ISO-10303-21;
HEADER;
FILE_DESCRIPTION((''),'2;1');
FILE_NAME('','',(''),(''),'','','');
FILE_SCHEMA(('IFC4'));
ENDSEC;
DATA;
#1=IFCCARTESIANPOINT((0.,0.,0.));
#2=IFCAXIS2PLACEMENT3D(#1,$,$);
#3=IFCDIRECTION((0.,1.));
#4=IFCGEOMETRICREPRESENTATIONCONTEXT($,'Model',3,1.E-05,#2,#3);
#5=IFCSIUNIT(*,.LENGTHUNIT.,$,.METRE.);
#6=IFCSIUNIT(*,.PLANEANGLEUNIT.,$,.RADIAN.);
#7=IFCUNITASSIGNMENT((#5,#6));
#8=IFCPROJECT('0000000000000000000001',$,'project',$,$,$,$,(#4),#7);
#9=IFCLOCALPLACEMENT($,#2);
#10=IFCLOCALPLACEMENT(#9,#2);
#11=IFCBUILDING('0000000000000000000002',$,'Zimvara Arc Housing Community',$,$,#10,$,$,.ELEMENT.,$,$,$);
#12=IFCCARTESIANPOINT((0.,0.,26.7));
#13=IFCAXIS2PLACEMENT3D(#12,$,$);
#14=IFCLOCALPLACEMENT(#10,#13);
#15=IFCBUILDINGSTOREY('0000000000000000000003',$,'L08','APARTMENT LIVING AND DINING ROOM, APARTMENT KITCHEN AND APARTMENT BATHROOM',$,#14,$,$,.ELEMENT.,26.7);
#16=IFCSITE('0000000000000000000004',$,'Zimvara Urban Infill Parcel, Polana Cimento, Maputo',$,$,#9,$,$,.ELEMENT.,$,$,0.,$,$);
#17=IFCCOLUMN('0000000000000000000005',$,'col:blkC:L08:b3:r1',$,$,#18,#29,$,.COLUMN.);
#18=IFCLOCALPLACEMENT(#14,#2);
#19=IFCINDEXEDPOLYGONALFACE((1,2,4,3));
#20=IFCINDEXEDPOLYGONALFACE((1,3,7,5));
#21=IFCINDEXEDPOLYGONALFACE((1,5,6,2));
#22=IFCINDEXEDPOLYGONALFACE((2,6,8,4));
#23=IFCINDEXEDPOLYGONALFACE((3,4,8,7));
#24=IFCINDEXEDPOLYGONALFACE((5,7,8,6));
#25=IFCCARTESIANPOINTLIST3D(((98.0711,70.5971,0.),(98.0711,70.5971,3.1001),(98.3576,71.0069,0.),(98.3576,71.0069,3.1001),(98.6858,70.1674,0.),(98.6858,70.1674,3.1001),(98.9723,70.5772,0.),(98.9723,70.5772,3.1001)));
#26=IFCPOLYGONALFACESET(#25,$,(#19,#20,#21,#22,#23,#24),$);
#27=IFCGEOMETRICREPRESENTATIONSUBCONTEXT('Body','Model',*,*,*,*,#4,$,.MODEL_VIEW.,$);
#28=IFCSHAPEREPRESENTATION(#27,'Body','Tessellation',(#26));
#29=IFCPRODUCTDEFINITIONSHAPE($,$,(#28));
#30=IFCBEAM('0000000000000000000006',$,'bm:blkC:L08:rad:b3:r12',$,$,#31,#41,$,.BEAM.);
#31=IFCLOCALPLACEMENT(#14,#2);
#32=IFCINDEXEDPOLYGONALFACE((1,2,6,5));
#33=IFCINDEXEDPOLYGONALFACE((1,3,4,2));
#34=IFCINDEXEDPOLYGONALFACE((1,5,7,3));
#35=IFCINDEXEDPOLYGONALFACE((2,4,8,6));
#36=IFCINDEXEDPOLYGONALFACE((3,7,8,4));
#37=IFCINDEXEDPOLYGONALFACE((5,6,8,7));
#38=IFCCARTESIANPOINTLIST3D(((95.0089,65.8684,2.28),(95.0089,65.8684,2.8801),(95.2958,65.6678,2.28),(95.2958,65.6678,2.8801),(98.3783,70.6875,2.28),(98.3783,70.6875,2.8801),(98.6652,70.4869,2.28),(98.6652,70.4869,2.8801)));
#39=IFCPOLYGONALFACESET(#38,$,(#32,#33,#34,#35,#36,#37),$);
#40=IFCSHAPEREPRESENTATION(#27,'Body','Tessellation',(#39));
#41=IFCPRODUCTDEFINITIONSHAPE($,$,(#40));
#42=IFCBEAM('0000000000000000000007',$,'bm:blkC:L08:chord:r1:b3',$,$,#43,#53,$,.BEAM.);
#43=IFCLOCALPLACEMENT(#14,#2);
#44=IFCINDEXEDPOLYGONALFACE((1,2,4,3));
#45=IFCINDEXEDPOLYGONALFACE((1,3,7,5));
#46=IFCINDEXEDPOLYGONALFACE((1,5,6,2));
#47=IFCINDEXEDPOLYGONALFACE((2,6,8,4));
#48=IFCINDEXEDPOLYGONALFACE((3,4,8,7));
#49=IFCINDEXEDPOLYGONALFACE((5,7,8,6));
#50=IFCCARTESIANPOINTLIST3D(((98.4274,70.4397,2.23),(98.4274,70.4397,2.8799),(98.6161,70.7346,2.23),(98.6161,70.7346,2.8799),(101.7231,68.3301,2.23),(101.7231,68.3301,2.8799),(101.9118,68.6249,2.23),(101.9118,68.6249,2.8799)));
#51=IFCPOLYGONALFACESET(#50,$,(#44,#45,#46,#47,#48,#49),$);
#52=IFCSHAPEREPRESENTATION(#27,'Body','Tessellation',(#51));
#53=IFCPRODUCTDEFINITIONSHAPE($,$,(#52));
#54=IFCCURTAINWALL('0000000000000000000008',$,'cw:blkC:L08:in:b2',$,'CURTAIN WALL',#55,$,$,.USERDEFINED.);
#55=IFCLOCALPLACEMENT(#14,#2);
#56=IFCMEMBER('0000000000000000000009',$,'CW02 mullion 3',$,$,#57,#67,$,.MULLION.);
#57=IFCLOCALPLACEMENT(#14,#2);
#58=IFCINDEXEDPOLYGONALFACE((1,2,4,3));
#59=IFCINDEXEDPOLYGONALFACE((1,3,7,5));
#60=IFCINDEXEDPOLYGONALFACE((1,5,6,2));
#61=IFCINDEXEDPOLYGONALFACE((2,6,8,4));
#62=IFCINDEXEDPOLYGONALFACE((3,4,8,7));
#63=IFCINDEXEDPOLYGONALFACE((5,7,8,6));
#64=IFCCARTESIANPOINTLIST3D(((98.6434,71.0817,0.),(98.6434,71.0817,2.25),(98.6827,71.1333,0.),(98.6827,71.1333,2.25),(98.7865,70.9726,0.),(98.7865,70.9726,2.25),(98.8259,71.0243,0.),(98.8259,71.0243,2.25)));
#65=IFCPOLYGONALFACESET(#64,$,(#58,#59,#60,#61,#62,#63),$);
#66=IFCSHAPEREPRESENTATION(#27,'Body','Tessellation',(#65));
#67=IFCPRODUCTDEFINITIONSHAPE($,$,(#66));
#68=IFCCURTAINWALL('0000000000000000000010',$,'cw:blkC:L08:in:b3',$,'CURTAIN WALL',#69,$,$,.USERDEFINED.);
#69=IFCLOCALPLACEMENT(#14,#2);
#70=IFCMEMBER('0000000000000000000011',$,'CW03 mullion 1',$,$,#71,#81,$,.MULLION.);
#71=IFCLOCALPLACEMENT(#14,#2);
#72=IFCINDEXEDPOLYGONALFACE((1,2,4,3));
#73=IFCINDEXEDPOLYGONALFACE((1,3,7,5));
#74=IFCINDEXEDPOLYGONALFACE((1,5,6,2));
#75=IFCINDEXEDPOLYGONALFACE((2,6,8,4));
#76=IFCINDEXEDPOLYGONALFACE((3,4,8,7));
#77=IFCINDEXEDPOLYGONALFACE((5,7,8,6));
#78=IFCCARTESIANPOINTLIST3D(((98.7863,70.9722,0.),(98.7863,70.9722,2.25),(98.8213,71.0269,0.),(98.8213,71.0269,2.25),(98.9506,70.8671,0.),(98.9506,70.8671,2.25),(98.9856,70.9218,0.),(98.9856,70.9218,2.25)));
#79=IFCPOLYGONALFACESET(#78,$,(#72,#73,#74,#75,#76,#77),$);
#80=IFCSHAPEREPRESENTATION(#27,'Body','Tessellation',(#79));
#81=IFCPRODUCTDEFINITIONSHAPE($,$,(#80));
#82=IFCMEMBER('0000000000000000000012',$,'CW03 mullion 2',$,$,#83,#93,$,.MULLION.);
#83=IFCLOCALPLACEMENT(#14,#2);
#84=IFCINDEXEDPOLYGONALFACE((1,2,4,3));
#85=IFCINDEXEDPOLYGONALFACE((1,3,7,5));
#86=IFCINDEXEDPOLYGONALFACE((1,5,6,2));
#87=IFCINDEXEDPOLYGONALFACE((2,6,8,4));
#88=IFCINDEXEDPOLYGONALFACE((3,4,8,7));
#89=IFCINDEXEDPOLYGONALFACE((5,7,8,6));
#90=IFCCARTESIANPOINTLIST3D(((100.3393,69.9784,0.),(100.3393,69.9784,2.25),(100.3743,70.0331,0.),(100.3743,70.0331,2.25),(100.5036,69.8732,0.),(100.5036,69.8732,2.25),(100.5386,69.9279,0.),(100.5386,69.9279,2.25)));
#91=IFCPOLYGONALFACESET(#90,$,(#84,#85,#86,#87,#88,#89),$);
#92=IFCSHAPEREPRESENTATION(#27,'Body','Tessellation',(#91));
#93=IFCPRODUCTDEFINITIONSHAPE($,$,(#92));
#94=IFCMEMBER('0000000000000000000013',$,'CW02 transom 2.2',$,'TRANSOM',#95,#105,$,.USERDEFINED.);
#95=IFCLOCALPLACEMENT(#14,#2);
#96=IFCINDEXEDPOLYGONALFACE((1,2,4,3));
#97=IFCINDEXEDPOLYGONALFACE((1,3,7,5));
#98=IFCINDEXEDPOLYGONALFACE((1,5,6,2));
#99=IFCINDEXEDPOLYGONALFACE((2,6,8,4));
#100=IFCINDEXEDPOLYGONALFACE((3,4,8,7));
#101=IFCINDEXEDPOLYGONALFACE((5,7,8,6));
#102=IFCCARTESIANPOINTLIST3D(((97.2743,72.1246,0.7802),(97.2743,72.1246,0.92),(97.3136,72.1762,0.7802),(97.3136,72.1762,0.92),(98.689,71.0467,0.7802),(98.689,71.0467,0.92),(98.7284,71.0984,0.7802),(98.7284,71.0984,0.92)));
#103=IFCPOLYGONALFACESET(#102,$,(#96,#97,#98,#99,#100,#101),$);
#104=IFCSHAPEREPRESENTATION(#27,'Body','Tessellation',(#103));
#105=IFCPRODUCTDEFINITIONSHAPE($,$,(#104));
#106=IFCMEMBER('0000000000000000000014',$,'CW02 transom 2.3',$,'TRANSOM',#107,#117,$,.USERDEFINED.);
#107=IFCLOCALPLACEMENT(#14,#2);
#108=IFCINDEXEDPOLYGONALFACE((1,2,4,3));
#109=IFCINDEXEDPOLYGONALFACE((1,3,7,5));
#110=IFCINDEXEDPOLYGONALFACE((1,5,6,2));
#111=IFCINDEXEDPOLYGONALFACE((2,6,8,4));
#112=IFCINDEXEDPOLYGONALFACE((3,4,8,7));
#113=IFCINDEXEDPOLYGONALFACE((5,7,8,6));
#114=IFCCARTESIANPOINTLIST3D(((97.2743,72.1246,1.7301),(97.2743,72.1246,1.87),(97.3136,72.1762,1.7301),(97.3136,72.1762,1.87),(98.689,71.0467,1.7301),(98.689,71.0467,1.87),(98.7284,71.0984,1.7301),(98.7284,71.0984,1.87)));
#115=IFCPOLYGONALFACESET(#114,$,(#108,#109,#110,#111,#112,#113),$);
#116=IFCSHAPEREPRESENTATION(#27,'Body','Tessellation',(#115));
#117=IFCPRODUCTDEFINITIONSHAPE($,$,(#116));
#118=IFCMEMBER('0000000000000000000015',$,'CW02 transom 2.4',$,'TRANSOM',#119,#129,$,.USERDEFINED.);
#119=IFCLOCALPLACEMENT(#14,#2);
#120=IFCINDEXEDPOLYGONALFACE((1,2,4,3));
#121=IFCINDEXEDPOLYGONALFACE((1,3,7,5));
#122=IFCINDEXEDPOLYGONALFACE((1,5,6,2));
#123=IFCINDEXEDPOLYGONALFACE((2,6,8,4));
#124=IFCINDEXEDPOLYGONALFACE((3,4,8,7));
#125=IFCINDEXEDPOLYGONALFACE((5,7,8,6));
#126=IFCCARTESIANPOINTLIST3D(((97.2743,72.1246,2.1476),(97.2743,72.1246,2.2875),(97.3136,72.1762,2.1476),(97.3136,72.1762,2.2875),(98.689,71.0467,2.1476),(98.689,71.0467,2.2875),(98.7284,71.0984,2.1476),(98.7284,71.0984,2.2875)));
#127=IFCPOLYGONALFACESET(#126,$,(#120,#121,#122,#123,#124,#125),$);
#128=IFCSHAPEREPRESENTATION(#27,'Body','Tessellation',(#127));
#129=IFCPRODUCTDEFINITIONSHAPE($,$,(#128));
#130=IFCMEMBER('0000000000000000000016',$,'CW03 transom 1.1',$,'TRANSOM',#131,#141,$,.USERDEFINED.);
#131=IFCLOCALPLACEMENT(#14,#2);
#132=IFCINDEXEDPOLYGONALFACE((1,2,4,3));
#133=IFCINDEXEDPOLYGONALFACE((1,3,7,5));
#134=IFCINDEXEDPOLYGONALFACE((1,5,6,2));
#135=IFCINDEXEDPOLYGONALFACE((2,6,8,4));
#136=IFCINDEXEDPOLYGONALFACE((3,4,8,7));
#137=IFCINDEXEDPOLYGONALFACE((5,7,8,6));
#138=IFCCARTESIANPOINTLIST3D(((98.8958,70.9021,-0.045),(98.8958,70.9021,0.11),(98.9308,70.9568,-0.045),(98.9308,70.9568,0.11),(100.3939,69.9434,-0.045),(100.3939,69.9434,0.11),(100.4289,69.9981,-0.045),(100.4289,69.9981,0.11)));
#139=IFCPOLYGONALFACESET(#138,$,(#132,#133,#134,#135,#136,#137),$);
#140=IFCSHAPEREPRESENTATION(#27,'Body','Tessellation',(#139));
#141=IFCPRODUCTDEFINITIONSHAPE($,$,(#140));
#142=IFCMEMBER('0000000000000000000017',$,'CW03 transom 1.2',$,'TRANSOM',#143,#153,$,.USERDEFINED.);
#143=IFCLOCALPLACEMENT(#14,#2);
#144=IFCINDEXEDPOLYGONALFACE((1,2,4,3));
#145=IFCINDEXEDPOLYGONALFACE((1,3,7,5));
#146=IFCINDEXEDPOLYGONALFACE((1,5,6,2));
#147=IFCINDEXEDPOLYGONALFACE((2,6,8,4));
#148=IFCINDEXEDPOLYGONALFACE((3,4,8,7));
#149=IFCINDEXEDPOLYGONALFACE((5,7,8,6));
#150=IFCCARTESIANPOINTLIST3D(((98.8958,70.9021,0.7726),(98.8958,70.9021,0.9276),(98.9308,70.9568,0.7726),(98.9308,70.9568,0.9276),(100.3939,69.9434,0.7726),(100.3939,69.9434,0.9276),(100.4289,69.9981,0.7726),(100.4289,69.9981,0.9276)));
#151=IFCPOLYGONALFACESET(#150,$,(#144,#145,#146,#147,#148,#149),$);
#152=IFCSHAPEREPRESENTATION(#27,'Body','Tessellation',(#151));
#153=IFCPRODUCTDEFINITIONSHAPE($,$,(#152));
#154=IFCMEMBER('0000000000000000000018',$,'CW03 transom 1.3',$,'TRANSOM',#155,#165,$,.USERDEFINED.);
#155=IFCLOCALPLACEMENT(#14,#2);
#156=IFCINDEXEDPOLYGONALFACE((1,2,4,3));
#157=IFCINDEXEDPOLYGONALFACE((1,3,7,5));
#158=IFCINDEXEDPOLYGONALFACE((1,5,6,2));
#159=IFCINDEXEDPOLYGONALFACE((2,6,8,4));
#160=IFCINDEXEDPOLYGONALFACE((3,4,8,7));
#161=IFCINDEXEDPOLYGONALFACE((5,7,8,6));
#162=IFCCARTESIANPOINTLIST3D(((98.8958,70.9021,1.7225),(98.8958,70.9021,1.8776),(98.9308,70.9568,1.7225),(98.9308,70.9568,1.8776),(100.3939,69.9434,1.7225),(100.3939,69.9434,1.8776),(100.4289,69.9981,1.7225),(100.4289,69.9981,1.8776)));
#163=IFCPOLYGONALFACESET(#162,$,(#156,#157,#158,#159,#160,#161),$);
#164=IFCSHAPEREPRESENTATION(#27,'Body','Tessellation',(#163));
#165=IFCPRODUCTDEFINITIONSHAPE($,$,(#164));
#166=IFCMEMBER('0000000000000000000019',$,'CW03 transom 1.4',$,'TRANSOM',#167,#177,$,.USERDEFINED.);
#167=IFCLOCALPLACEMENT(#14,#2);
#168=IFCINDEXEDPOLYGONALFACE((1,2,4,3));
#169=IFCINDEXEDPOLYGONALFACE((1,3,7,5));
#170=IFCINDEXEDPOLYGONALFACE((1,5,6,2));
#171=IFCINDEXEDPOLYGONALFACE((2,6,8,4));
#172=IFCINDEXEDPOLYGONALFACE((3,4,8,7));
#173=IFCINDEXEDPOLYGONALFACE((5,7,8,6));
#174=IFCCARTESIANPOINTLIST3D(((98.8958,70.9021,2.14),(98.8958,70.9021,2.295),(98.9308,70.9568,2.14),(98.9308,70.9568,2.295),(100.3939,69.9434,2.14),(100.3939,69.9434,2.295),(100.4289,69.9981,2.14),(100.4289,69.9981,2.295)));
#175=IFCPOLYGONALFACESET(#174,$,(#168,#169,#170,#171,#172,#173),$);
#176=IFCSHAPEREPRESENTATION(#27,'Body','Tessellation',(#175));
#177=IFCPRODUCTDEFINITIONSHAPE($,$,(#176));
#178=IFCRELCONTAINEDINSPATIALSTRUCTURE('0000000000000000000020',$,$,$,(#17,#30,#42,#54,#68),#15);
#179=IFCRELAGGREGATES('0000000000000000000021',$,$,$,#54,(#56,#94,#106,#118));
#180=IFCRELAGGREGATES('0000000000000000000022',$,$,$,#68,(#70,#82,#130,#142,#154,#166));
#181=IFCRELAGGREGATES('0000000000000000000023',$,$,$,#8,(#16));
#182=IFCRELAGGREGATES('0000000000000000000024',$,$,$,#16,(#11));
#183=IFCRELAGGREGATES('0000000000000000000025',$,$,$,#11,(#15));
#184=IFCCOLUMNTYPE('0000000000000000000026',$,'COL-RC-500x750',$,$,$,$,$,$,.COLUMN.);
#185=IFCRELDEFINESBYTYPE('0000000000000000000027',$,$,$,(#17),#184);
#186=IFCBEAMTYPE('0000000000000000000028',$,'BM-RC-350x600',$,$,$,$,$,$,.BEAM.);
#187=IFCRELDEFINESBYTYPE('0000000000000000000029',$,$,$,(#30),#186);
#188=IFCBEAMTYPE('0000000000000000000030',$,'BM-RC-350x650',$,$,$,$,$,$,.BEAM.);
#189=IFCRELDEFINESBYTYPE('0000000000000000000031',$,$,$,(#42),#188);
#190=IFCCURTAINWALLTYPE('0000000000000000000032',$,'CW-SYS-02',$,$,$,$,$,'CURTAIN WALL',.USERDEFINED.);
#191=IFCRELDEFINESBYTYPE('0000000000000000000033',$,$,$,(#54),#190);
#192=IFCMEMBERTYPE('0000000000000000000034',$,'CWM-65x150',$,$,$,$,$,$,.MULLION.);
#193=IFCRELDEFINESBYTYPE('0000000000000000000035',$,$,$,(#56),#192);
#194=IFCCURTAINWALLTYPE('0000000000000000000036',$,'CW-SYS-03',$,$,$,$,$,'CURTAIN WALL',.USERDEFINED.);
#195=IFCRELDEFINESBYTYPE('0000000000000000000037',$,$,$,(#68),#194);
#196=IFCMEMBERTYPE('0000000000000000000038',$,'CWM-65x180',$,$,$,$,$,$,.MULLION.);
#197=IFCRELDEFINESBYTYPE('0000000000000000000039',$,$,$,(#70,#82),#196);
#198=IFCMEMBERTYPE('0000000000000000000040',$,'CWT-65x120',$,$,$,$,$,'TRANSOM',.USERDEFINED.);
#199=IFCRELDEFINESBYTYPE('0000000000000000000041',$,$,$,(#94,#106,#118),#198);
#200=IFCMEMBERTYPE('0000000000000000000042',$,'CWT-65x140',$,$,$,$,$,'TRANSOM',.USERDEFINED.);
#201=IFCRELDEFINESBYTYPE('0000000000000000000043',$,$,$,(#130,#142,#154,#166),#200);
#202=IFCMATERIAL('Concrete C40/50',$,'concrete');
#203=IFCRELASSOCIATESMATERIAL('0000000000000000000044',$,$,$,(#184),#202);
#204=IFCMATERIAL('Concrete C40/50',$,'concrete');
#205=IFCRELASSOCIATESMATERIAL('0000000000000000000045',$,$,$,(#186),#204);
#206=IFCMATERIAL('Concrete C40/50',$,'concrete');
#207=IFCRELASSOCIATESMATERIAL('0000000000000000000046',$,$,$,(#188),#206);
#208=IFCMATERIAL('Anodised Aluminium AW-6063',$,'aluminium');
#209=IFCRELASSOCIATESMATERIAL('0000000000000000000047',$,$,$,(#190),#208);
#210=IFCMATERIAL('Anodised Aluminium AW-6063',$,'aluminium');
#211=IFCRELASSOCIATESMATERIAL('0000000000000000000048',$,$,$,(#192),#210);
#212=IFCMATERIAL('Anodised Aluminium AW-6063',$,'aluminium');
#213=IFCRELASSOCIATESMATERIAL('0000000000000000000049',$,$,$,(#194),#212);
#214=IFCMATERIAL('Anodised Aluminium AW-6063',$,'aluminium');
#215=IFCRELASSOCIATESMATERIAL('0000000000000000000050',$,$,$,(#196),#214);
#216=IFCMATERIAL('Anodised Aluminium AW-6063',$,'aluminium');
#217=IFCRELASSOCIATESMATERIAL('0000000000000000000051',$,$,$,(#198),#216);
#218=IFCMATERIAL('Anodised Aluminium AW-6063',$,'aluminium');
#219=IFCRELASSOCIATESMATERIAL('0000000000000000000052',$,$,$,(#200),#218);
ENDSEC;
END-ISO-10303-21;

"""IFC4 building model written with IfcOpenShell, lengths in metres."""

from ifc_helpers import new_model, si_unit, direction, frame, origin, origin_2d, place, context, subcontext, project, spatial, rectangle, extrude, material, material_profile, profile_set, type_object, element, aggregate, save


model = new_model("IFC4")

# Units and contexts
model_context = context("Model", 3, precision=1e-05, world=origin(), true_north=direction((0.0, 1.0)))
body_context = subcontext(model_context, "Body", "Model", "MODEL_VIEW")
ifc_project = project(units=[si_unit("LENGTHUNIT", "METRE"), si_unit("PLANEANGLEUNIT", "RADIAN")], contexts=[model_context])

# Site, building, storey
site_placement = place(None, origin())
site = spatial("IfcSite", under=ifc_project, at=site_placement, Name="Zimvara Urban Infill Parcel, Polana Cimento, Maputo", CompositionType="ELEMENT", RefElevation=0.0)
building_placement = place(site_placement, origin())
building = spatial("IfcBuilding", under=site, at=building_placement, Name="Zimvara Arc Housing Community", CompositionType="ELEMENT")
storey_placement = place(building_placement, frame((0.0, 0.0, 26.7)))
storey = spatial("IfcBuildingStorey", under=building, at=storey_placement, Name="L08", Description="APARTMENT LIVING AND DINING ROOM, APARTMENT KITCHEN AND APARTMENT BATHROOM", CompositionType="ELEMENT", Elevation=26.7)

# Column
ifc_material_1 = material(Name="Concrete C40/50", Category="concrete")
ifc_material_profile_1 = material_profile(ifc_material_1, rectangle(XDim=0.5, YDim=0.75, at=origin_2d()), Name="RC 500x750")
ifc_profile_set_1 = profile_set([ifc_material_profile_1], Name="Concrete C40/50")
column_type = type_object("IfcColumnType", Name="COL-RC-500x750", PredefinedType="COLUMN", material=ifc_profile_set_1)
column_placement = place(storey_placement, frame((98.5217, 70.5872, 0.0), z_axis=(0.0, 0.0, 1.0), x_axis=(-0.573004, -0.819552, 0.0)))
element("IfcColumn", 1, at=column_placement, inside=storey, type_object=column_type, Name="col:blkC:L08:b3:r1", PredefinedType="COLUMN", context=body_context, shape_type="SweptSolid", body=[
    extrude(rectangle(XDim=0.5, YDim=0.75, at=origin_2d()), origin(), (0.0, 0.0, 1.0), 3.1001),
])

# Beams
ifc_material_2 = material(Name="Concrete C40/50", Category="concrete")
ifc_material_profile_2 = material_profile(ifc_material_2, rectangle(XDim=0.3501, YDim=0.6001, at=origin_2d()), Name="RC 350x600")
ifc_profile_set_2 = profile_set([ifc_material_profile_2], Name="Concrete C40/50")
beam_type_1 = type_object("IfcBeamType", Name="BM-RC-350x600", PredefinedType="BEAM", material=ifc_profile_set_2)
beam_1_placement = place(storey_placement, frame((98.5217, 70.5872, 2.5801), z_axis=(-0.573008, -0.81955, 0.0), x_axis=(0.81955, -0.573008, 0.0)))
element("IfcBeam", 2, at=beam_1_placement, inside=storey, type_object=beam_type_1, Name="bm:blkC:L08:rad:b3:r12", PredefinedType="BEAM", context=body_context, shape_type="SweptSolid", body=[
    extrude(rectangle(XDim=0.3501, YDim=0.6001, at=origin_2d()), origin(), (0.0, 0.0, 1.0), 5.8801),
])
ifc_material_3 = material(Name="Concrete C40/50", Category="concrete")
ifc_material_profile_3 = material_profile(ifc_material_3, rectangle(XDim=0.3501, YDim=0.6499, at=origin_2d()), Name="RC 350x650")
ifc_profile_set_3 = profile_set([ifc_material_profile_3], Name="Concrete C40/50")
beam_type_2 = type_object("IfcBeamType", Name="BM-RC-350x650", PredefinedType="BEAM", material=ifc_profile_set_3)
beam_2_placement = place(storey_placement, frame((98.5217, 70.5872, 2.5549), z_axis=(0.842225, -0.539126, 0.0), x_axis=(0.539126, 0.842225, 0.0)))
element("IfcBeam", 3, at=beam_2_placement, inside=storey, type_object=beam_type_2, Name="bm:blkC:L08:chord:r1:b3", PredefinedType="BEAM", context=body_context, shape_type="SweptSolid", body=[
    extrude(rectangle(XDim=0.3501, YDim=0.6499, at=origin_2d()), origin(), (0.0, 0.0, 1.0), 3.9131),
])

# Curtain wall, member
ifc_material_4 = material(Name="Anodised Aluminium AW-6063", Category="aluminium")
curtain_wall_type_1 = type_object("IfcCurtainWallType", Name="CW-SYS-02", ElementType="CURTAIN WALL", PredefinedType="USERDEFINED", material=ifc_material_4)
curtain_wall_1_placement = place(storey_placement, origin())
curtain_wall_1 = element("IfcCurtainWall", 4, at=curtain_wall_1_placement, inside=storey, type_object=curtain_wall_type_1, Name="cw:blkC:L08:in:b2", ObjectType="CURTAIN WALL", PredefinedType="USERDEFINED")
ifc_material_5 = material(Name="Anodised Aluminium AW-6063", Category="aluminium")
ifc_material_profile_4 = material_profile(ifc_material_5, rectangle(XDim=0.0649, YDim=0.1799, at=origin_2d()), Name="ALU 65x180")
ifc_profile_set_4 = profile_set([ifc_material_profile_4], Name="Anodised Aluminium AW-6063")
member_type_1 = type_object("IfcMemberType", Name="CWM-65x150", PredefinedType="MULLION", material=ifc_profile_set_4)
member_1_placement = place(storey_placement, frame((98.7346, 71.053, 0.0), z_axis=(0.0, 0.0, 1.0), x_axis=(0.605988, 0.795474, 0.0)))
member_1 = element("IfcMember", 5, at=member_1_placement, type_object=member_type_1, Name="CW02 mullion 3", PredefinedType="MULLION", context=body_context, shape_type="SweptSolid", body=[
    extrude(rectangle(XDim=0.0649, YDim=0.1799, at=origin_2d()), origin(), (0.0, 0.0, 1.0), 2.25),
])

# Curtain wall, members
ifc_material_6 = material(Name="Anodised Aluminium AW-6063", Category="aluminium")
curtain_wall_type_2 = type_object("IfcCurtainWallType", Name="CW-SYS-03", ElementType="CURTAIN WALL", PredefinedType="USERDEFINED", material=ifc_material_6)
curtain_wall_2_placement = place(storey_placement, origin())
curtain_wall_2 = element("IfcCurtainWall", 6, at=curtain_wall_2_placement, inside=storey, type_object=curtain_wall_type_2, Name="cw:blkC:L08:in:b3", ObjectType="CURTAIN WALL", PredefinedType="USERDEFINED")
ifc_material_7 = material(Name="Anodised Aluminium AW-6063", Category="aluminium")
ifc_material_profile_5 = material_profile(ifc_material_7, rectangle(XDim=0.0649, YDim=0.1951, at=origin_2d()), Name="ALU 65x195")
ifc_profile_set_5 = profile_set([ifc_material_profile_5], Name="Anodised Aluminium AW-6063")
member_type_2 = type_object("IfcMemberType", Name="CWM-65x180", PredefinedType="MULLION", material=ifc_profile_set_5)
member_2_placement = place(storey_placement, frame((98.886, 70.947, 0.0), z_axis=(0.0, 0.0, 1.0), x_axis=(0.539065, 0.842264, 0.0)))
member_2 = element("IfcMember", 7, at=member_2_placement, type_object=member_type_2, Name="CW03 mullion 1", PredefinedType="MULLION", context=body_context, shape_type="SweptSolid", body=[
    extrude(rectangle(XDim=0.0649, YDim=0.1951, at=origin_2d()), origin(), (0.0, 0.0, 1.0), 2.25),
])
member_3_placement = place(storey_placement, frame((100.439, 69.9531, 0.0), z_axis=(0.0, 0.0, 1.0), x_axis=(0.539065, 0.842264, 0.0)))
member_3 = element("IfcMember", 8, at=member_3_placement, type_object=member_type_2, Name="CW03 mullion 2", PredefinedType="MULLION", context=body_context, shape_type="SweptSolid", body=[
    extrude(rectangle(XDim=0.0649, YDim=0.1951, at=origin_2d()), origin(), (0.0, 0.0, 1.0), 2.25),
])

# Members
ifc_material_8 = material(Name="Anodised Aluminium AW-6063", Category="aluminium")
ifc_material_profile_6 = material_profile(ifc_material_8, rectangle(XDim=0.0649, YDim=0.1399, at=origin_2d()), Name="ALU 65x140")
ifc_profile_set_6 = profile_set([ifc_material_profile_6], Name="Anodised Aluminium AW-6063")
member_type_3 = type_object("IfcMemberType", Name="CWT-65x120", ElementType="TRANSOM", PredefinedType="USERDEFINED", material=ifc_profile_set_6)
member_4_placement = place(storey_placement, frame((97.2939, 72.1504, 0.8501), z_axis=(0.795447, -0.606023, 0.0), x_axis=(0.606023, 0.795447, 0.0)))
member_4 = element("IfcMember", 9, at=member_4_placement, type_object=member_type_3, Name="CW02 transom 2.2", ObjectType="TRANSOM", PredefinedType="USERDEFINED", context=body_context, shape_type="SweptSolid", body=[
    extrude(rectangle(XDim=0.0649, YDim=0.1399, at=origin_2d()), origin(), (0.0, 0.0, 1.0), 1.7786),
])
member_5_placement = place(storey_placement, frame((97.2939, 72.1504, 1.8), z_axis=(0.795447, -0.606023, 0.0), x_axis=(0.606023, 0.795447, 0.0)))
member_5 = element("IfcMember", 10, at=member_5_placement, type_object=member_type_3, Name="CW02 transom 2.3", ObjectType="TRANSOM", PredefinedType="USERDEFINED", context=body_context, shape_type="SweptSolid", body=[
    extrude(rectangle(XDim=0.0649, YDim=0.1399, at=origin_2d()), origin(), (0.0, 0.0, 1.0), 1.7786),
])
member_6_placement = place(storey_placement, frame((97.2939, 72.1504, 2.2175), z_axis=(0.795447, -0.606023, 0.0), x_axis=(0.606023, 0.795447, 0.0)))
member_6 = element("IfcMember", 11, at=member_6_placement, type_object=member_type_3, Name="CW02 transom 2.4", ObjectType="TRANSOM", PredefinedType="USERDEFINED", context=body_context, shape_type="SweptSolid", body=[
    extrude(rectangle(XDim=0.0649, YDim=0.1399, at=origin_2d()), origin(), (0.0, 0.0, 1.0), 1.7786),
])
ifc_material_9 = material(Name="Anodised Aluminium AW-6063", Category="aluminium")
ifc_material_profile_7 = material_profile(ifc_material_9, rectangle(XDim=0.0649, YDim=0.155, at=origin_2d()), Name="ALU 65x155")
ifc_profile_set_7 = profile_set([ifc_material_profile_7], Name="Anodised Aluminium AW-6063")
member_type_4 = type_object("IfcMemberType", Name="CWT-65x140", ElementType="TRANSOM", PredefinedType="USERDEFINED", material=ifc_profile_set_7)
member_7_placement = place(storey_placement, frame((98.9133, 70.9294, 0.0325), z_axis=(0.842274, -0.53905, 0.0), x_axis=(0.53905, 0.842274, 0.0)))
member_7 = element("IfcMember", 12, at=member_7_placement, type_object=member_type_4, Name="CW03 transom 1.1", ObjectType="TRANSOM", PredefinedType="USERDEFINED", context=body_context, shape_type="SweptSolid", body=[
    extrude(rectangle(XDim=0.0649, YDim=0.155, at=origin_2d()), origin(), (0.0, 0.0, 1.0), 1.7786),
])
member_8_placement = place(storey_placement, frame((98.9133, 70.9294, 0.8501), z_axis=(0.842274, -0.53905, 0.0), x_axis=(0.53905, 0.842274, 0.0)))
member_8 = element("IfcMember", 13, at=member_8_placement, type_object=member_type_4, Name="CW03 transom 1.2", ObjectType="TRANSOM", PredefinedType="USERDEFINED", context=body_context, shape_type="SweptSolid", body=[
    extrude(rectangle(XDim=0.0649, YDim=0.155, at=origin_2d()), origin(), (0.0, 0.0, 1.0), 1.7786),
])
member_9_placement = place(storey_placement, frame((98.9133, 70.9294, 1.8), z_axis=(0.842274, -0.53905, 0.0), x_axis=(0.53905, 0.842274, 0.0)))
member_9 = element("IfcMember", 14, at=member_9_placement, type_object=member_type_4, Name="CW03 transom 1.3", ObjectType="TRANSOM", PredefinedType="USERDEFINED", context=body_context, shape_type="SweptSolid", body=[
    extrude(rectangle(XDim=0.0649, YDim=0.155, at=origin_2d()), origin(), (0.0, 0.0, 1.0), 1.7786),
])
member_10_placement = place(storey_placement, frame((98.9133, 70.9294, 2.2175), z_axis=(0.842274, -0.53905, 0.0), x_axis=(0.53905, 0.842274, 0.0)))
member_10 = element("IfcMember", 15, at=member_10_placement, type_object=member_type_4, Name="CW03 transom 1.4", ObjectType="TRANSOM", PredefinedType="USERDEFINED", context=body_context, shape_type="SweptSolid", body=[
    extrude(rectangle(XDim=0.0649, YDim=0.155, at=origin_2d()), origin(), (0.0, 0.0, 1.0), 1.7786),
])

aggregate(curtain_wall_1, [member_1, member_4, member_5, member_6])
aggregate(curtain_wall_2, [member_2, member_3, member_7, member_8, member_9, member_10])

save(model, "model.ifc")
